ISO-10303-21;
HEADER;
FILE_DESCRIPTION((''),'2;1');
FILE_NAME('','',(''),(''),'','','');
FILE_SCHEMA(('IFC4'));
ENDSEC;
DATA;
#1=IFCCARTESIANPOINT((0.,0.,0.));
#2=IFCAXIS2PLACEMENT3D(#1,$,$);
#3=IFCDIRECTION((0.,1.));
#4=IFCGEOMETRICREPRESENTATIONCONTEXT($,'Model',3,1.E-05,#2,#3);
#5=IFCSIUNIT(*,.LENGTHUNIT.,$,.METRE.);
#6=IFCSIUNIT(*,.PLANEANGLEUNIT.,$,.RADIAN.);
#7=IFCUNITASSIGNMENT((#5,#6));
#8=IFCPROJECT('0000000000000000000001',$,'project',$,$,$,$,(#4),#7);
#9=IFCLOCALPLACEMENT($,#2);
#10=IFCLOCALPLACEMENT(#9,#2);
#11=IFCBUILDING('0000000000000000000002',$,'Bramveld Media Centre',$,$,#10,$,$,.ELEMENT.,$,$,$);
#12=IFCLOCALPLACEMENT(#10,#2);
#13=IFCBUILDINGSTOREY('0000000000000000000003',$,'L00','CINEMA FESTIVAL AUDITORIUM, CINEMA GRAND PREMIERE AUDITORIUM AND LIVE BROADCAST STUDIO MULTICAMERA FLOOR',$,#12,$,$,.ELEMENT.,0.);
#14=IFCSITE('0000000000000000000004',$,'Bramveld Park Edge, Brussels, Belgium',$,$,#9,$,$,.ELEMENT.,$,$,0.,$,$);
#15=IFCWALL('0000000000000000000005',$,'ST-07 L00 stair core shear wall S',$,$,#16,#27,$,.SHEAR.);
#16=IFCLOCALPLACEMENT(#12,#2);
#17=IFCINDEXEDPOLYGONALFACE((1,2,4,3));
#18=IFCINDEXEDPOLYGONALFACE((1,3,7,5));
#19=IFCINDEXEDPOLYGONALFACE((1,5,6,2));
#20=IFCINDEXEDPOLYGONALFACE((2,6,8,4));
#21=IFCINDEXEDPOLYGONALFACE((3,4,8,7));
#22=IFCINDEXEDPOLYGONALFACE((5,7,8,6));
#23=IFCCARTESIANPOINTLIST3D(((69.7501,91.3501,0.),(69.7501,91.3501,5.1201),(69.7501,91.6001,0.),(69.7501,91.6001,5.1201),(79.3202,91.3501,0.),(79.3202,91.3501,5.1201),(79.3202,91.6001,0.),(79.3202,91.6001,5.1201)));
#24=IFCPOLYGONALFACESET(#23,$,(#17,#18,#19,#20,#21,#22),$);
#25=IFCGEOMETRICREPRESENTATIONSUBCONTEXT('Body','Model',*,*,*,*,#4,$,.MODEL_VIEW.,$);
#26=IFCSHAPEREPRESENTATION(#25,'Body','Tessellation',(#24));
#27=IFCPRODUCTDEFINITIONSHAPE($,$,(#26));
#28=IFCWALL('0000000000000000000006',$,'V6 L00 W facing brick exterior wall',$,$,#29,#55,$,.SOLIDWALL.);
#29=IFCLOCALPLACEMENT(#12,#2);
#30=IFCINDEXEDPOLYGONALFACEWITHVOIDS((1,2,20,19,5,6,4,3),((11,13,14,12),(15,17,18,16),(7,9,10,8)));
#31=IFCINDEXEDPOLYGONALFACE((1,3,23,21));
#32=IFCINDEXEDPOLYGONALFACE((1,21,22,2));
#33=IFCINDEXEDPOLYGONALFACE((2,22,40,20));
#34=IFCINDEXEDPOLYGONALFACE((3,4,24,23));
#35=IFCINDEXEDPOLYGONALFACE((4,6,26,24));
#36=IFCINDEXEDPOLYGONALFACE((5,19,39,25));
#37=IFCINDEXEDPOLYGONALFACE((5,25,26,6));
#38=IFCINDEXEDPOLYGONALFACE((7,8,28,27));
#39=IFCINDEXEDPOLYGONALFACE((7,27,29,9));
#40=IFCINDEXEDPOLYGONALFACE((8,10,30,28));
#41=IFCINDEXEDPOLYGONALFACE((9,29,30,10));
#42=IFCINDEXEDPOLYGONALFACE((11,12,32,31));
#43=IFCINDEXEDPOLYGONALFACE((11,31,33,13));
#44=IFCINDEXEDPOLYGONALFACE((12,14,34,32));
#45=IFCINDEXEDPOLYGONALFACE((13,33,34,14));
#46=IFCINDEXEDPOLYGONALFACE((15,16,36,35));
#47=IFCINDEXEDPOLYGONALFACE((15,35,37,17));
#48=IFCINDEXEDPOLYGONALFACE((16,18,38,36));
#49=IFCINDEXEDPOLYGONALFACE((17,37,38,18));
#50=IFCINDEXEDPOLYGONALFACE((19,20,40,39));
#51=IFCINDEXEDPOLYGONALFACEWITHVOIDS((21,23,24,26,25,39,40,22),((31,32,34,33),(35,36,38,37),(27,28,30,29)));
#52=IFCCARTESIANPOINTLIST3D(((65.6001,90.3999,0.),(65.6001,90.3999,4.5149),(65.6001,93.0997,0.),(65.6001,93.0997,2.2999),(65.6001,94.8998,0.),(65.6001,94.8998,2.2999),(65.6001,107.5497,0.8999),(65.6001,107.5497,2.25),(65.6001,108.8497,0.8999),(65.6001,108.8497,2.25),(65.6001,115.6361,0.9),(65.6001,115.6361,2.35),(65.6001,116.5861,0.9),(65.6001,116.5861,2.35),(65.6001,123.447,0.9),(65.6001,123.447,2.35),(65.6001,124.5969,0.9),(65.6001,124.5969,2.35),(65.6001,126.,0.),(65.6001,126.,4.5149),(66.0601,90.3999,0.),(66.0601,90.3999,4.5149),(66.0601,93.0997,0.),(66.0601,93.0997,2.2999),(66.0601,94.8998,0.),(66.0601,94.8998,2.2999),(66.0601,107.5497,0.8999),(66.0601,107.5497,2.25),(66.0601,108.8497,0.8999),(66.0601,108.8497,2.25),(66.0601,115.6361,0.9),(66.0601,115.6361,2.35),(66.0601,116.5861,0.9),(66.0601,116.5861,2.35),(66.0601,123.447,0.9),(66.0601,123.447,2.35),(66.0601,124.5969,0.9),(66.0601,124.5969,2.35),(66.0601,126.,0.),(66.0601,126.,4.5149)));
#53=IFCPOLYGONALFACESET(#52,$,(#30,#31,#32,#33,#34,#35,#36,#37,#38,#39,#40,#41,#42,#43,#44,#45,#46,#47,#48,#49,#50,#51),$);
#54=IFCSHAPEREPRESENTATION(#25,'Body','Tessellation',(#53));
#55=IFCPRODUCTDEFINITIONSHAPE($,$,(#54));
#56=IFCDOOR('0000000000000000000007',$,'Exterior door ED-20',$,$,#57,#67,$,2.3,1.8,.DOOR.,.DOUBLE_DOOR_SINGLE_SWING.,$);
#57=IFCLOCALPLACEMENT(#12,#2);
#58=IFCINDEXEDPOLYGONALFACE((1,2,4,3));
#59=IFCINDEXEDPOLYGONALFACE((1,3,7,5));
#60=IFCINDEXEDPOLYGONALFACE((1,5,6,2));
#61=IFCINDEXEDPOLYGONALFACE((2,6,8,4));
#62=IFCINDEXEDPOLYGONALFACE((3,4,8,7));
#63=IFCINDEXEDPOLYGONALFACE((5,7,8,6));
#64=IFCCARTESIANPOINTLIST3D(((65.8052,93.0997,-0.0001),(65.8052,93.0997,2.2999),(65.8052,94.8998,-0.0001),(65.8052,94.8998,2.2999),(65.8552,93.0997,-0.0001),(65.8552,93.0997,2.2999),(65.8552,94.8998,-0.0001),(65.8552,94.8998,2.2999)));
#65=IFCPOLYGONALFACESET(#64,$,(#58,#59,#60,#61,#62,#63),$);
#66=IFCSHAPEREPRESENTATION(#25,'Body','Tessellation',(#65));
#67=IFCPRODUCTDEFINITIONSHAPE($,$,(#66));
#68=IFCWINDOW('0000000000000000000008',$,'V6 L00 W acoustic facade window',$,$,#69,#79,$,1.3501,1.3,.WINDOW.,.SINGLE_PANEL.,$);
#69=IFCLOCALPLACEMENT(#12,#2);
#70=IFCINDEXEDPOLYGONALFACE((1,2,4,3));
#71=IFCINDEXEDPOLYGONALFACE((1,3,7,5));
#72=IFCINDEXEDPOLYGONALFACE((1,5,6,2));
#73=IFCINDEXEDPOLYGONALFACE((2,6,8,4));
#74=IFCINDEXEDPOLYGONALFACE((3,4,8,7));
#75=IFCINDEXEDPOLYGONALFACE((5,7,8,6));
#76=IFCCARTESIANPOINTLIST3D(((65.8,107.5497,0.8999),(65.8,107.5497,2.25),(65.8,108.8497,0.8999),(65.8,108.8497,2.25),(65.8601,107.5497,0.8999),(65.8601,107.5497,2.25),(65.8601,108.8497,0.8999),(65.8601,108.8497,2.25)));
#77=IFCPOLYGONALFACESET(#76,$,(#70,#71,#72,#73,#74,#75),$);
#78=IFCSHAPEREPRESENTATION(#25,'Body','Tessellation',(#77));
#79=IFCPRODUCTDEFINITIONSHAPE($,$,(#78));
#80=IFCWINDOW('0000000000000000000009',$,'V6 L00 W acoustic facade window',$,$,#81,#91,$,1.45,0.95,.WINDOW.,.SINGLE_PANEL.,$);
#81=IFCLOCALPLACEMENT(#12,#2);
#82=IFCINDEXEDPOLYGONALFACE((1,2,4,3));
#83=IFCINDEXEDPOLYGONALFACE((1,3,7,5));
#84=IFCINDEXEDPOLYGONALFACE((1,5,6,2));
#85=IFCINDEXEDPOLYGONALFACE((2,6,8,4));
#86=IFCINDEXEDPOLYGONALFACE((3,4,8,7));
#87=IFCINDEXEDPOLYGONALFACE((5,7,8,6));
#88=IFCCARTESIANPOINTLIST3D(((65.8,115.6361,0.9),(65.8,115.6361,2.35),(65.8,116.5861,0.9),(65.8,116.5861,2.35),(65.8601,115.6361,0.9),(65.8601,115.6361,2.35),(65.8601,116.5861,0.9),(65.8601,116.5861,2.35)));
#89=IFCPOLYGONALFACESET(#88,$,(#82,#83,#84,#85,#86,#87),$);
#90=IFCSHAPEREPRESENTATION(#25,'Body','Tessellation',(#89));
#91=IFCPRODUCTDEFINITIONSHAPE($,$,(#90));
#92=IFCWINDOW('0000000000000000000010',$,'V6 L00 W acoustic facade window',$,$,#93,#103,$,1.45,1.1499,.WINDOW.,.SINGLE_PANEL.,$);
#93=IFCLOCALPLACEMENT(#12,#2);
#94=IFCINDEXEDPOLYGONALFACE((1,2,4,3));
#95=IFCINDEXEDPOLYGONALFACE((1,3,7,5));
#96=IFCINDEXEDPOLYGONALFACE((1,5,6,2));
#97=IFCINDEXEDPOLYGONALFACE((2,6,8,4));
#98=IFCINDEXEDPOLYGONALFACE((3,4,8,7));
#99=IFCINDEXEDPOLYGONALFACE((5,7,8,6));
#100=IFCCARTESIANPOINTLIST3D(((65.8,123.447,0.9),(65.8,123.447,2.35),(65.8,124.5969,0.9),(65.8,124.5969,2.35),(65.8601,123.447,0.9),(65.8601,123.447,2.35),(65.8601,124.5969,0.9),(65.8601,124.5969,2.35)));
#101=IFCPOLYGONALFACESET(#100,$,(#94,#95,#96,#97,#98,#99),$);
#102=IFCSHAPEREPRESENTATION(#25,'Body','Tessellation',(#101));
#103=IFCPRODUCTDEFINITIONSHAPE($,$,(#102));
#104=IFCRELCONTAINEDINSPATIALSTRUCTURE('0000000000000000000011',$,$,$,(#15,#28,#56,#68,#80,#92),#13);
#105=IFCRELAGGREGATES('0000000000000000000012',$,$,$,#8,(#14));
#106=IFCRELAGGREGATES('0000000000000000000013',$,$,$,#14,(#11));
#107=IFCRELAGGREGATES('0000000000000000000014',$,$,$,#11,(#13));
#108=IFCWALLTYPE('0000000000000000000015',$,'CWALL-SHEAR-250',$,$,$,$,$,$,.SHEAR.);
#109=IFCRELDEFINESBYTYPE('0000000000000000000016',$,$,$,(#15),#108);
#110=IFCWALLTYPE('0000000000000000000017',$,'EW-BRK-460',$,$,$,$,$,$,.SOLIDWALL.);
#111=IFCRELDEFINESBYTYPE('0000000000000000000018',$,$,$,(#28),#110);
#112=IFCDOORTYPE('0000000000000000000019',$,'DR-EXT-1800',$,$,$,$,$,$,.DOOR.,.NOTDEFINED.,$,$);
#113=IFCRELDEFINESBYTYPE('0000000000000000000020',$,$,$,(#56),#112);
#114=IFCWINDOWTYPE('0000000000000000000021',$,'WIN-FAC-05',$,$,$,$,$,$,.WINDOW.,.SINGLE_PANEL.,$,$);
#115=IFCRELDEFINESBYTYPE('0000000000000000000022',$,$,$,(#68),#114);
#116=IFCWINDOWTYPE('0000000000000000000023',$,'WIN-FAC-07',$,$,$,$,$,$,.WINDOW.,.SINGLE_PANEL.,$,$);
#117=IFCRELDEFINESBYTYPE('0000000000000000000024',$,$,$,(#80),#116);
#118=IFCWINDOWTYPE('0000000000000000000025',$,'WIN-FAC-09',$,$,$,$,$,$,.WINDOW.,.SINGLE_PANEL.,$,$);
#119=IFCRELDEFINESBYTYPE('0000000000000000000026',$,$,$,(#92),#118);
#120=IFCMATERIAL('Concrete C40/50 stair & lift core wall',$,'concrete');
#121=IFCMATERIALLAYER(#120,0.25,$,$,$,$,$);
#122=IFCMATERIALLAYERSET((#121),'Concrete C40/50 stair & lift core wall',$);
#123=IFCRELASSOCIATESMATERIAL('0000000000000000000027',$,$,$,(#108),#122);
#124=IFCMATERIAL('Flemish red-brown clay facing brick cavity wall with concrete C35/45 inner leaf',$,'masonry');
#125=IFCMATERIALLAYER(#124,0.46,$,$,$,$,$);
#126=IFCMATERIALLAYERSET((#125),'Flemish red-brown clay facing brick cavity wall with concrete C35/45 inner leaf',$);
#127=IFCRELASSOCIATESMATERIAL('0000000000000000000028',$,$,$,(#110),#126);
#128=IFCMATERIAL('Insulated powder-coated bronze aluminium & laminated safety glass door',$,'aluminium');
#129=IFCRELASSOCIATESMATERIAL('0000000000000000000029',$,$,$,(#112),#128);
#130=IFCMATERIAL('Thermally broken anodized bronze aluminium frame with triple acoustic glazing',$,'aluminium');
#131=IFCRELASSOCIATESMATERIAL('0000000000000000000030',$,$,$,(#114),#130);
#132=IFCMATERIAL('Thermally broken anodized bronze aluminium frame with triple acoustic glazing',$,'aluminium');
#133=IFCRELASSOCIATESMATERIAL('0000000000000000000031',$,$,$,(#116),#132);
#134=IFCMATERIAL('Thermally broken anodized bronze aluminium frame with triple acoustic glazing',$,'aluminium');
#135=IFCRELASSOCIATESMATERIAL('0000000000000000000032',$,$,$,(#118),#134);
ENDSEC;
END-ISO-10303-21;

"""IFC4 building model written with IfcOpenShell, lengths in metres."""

from ifc_helpers import new_model, si_unit, direction, frame, frame_2d, origin, place, context, subcontext, project, spatial, rectangle, extrude, material, layer, layer_set, type_object, element, fill, save


model = new_model("IFC4")

# Units and contexts
model_context = context("Model", 3, precision=1e-05, world=origin(), true_north=direction((0.0, 1.0)))
body_context = subcontext(model_context, "Body", "Model", "MODEL_VIEW")
ifc_project = project(units=[si_unit("LENGTHUNIT", "METRE"), si_unit("PLANEANGLEUNIT", "RADIAN")], contexts=[model_context])

# Site, building, storey
site_placement = place(None, origin())
site = spatial("IfcSite", under=ifc_project, at=site_placement, Name="Bramveld Park Edge, Brussels, Belgium", CompositionType="ELEMENT", RefElevation=0.0)
building_placement = place(site_placement, origin())
building = spatial("IfcBuilding", under=site, at=building_placement, Name="Bramveld Media Centre", CompositionType="ELEMENT")
storey_placement = place(building_placement, origin())
storey = spatial("IfcBuildingStorey", under=building, at=storey_placement, Name="L00", Description="CINEMA FESTIVAL AUDITORIUM, CINEMA GRAND PREMIERE AUDITORIUM AND LIVE BROADCAST STUDIO MULTICAMERA FLOOR", CompositionType="ELEMENT", Elevation=0.0)

# Wall
ifc_material_1 = material(Name="Concrete C40/50 stair & lift core wall", Category="concrete")
ifc_layer_1 = layer(ifc_material_1, 0.25)
ifc_layer_set_1 = layer_set([ifc_layer_1], Name="Concrete C40/50 stair & lift core wall")
wall_type_1 = type_object("IfcWallType", Name="CWALL-SHEAR-250", PredefinedType="SHEAR", material=ifc_layer_set_1)
wall_1_placement = place(storey_placement, frame((69.75, 91.4751, 0.0), z_axis=(0.0, 0.0, 1.0), x_axis=(1.0, 0.0, 0.0)))
element("IfcWall", 1, at=wall_1_placement, inside=storey, type_object=wall_type_1, Name="ST-07 L00 stair core shear wall S", PredefinedType="SHEAR", context=body_context, shape_type="SweptSolid", body=[
    extrude(rectangle(XDim=9.5701, YDim=0.25, at=frame_2d((4.7852, 0.0))), origin(), (0.0, 0.0, 1.0), 5.1201),
])

# Wall, openings, door, windows
ifc_material_2 = material(Name="Flemish red-brown clay facing brick cavity wall with concrete C35/45 inner leaf", Category="masonry")
ifc_layer_2 = layer(ifc_material_2, 0.46)
ifc_layer_set_2 = layer_set([ifc_layer_2], Name="Flemish red-brown clay facing brick cavity wall with concrete C35/45 inner leaf")
wall_type_2 = type_object("IfcWallType", Name="EW-BRK-460", PredefinedType="SOLIDWALL", material=ifc_layer_set_2)
wall_2_placement = place(storey_placement, frame((65.8301, 90.3999, 0.0), z_axis=(0.0, 0.0, 1.0), x_axis=(0.0, 1.0, 0.0)))
wall_2 = element("IfcWall", 2, at=wall_2_placement, inside=storey, type_object=wall_type_2, Name="V6 L00 W facing brick exterior wall", PredefinedType="SOLIDWALL", context=body_context, shape_type="SweptSolid", body=[
    extrude(rectangle(XDim=35.6001, YDim=0.46, at=frame_2d((17.8, 0.0))), origin(), (0.0, 0.0, 1.0), 4.5149),
])
opening_1_placement = place(wall_2_placement, frame((2.7, 0.0, 0.0)))
opening_1 = element("IfcOpeningElement", 3, at=opening_1_placement, cuts=wall_2, PredefinedType="OPENING", context=body_context, shape_type="SweptSolid", body=[
    extrude(rectangle(XDim=1.8, YDim=2.3, at=frame_2d((0.8999, 1.1499))), frame((0.0, 0.2419, 0.0), z_axis=(0.0, -1.0, 0.0), x_axis=(1.0, 0.0, 0.0)), (0.0, 0.0, 1.0), 0.4839),
])
opening_2_placement = place(wall_2_placement, frame((17.1499, 0.0, 0.8999)))
opening_2 = element("IfcOpeningElement", 4, at=opening_2_placement, cuts=wall_2, PredefinedType="OPENING", context=body_context, shape_type="SweptSolid", body=[
    extrude(rectangle(XDim=1.3, YDim=1.3501, at=frame_2d((0.6499, 0.675))), frame((0.0, 0.2419, 0.0), z_axis=(0.0, -1.0, 0.0), x_axis=(1.0, 0.0, 0.0)), (0.0, 0.0, 1.0), 0.4839),
])
opening_3_placement = place(wall_2_placement, frame((25.2361, 0.0, 0.8999)))
opening_3 = element("IfcOpeningElement", 5, at=opening_3_placement, cuts=wall_2, PredefinedType="OPENING", context=body_context, shape_type="SweptSolid", body=[
    extrude(rectangle(XDim=0.95, YDim=1.45, at=frame_2d((0.4751, 0.7251))), frame((0.0, 0.2419, 0.0), z_axis=(0.0, -1.0, 0.0), x_axis=(1.0, 0.0, 0.0)), (0.0, 0.0, 1.0), 0.4839),
])
opening_4_placement = place(wall_2_placement, frame((33.0471, 0.0, 0.8999)))
opening_4 = element("IfcOpeningElement", 6, at=opening_4_placement, cuts=wall_2, PredefinedType="OPENING", context=body_context, shape_type="SweptSolid", body=[
    extrude(rectangle(XDim=1.1499, YDim=1.45, at=frame_2d((0.575, 0.7251))), frame((0.0, 0.2419, 0.0), z_axis=(0.0, -1.0, 0.0), x_axis=(1.0, 0.0, 0.0)), (0.0, 0.0, 1.0), 0.4839),
])
ifc_material_3 = material(Name="Insulated powder-coated bronze aluminium & laminated safety glass door", Category="aluminium")
door_type_1 = type_object("IfcDoorType", Name="DR-EXT-1800", OperationType="NOTDEFINED", PredefinedType="DOOR", material=ifc_material_3)
door_1_placement = place(opening_1_placement, origin())
door_1 = element("IfcDoor", 7, at=door_1_placement, inside=storey, type_object=door_type_1, Name="Exterior door ED-20", OperationType="DOUBLE_DOOR_SINGLE_SWING", OverallHeight=2.3, OverallWidth=1.8, PredefinedType="DOOR", context=body_context, shape_type="SweptSolid", body=[
    extrude(rectangle(XDim=1.8, YDim=2.3, at=frame_2d((0.8999, 1.1499))), frame((0.0, 0.0249, 0.0), z_axis=(0.0, -1.0, 0.0), x_axis=(1.0, 0.0, 0.0)), (0.0, 0.0, 1.0), 0.05),
])
fill(opening_1, door_1)
ifc_material_4 = material(Name="Thermally broken anodized bronze aluminium frame with triple acoustic glazing", Category="aluminium")
window_type_1 = type_object("IfcWindowType", Name="WIN-FAC-05", PartitioningType="SINGLE_PANEL", PredefinedType="WINDOW", material=ifc_material_4)
window_1_placement = place(opening_2_placement, origin())
window_1 = element("IfcWindow", 8, at=window_1_placement, inside=storey, type_object=window_type_1, Name="V6 L00 W acoustic facade window", OverallHeight=1.3501, OverallWidth=1.3, PartitioningType="SINGLE_PANEL", PredefinedType="WINDOW", context=body_context, shape_type="SweptSolid", body=[
    extrude(rectangle(XDim=1.3, YDim=1.3501, at=frame_2d((0.6499, 0.675))), frame((0.0, 0.03, 0.0), z_axis=(0.0, -1.0, 0.0), x_axis=(1.0, 0.0, 0.0)), (0.0, 0.0, 1.0), 0.0601),
])
fill(opening_2, window_1)
ifc_material_5 = material(Name="Thermally broken anodized bronze aluminium frame with triple acoustic glazing", Category="aluminium")
window_type_2 = type_object("IfcWindowType", Name="WIN-FAC-07", PartitioningType="SINGLE_PANEL", PredefinedType="WINDOW", material=ifc_material_5)
window_2_placement = place(opening_3_placement, origin())
window_2 = element("IfcWindow", 9, at=window_2_placement, inside=storey, type_object=window_type_2, Name="V6 L00 W acoustic facade window", OverallHeight=1.45, OverallWidth=0.95, PartitioningType="SINGLE_PANEL", PredefinedType="WINDOW", context=body_context, shape_type="SweptSolid", body=[
    extrude(rectangle(XDim=0.95, YDim=1.45, at=frame_2d((0.4751, 0.7251))), frame((0.0, 0.03, 0.0), z_axis=(0.0, -1.0, 0.0), x_axis=(1.0, 0.0, 0.0)), (0.0, 0.0, 1.0), 0.0601),
])
fill(opening_3, window_2)
ifc_material_6 = material(Name="Thermally broken anodized bronze aluminium frame with triple acoustic glazing", Category="aluminium")
window_type_3 = type_object("IfcWindowType", Name="WIN-FAC-09", PartitioningType="SINGLE_PANEL", PredefinedType="WINDOW", material=ifc_material_6)
window_3_placement = place(opening_4_placement, origin())
window_3 = element("IfcWindow", 10, at=window_3_placement, inside=storey, type_object=window_type_3, Name="V6 L00 W acoustic facade window", OverallHeight=1.45, OverallWidth=1.1499, PartitioningType="SINGLE_PANEL", PredefinedType="WINDOW", context=body_context, shape_type="SweptSolid", body=[
    extrude(rectangle(XDim=1.1499, YDim=1.45, at=frame_2d((0.575, 0.7251))), frame((0.0, 0.03, 0.0), z_axis=(0.0, -1.0, 0.0), x_axis=(1.0, 0.0, 0.0)), (0.0, 0.0, 1.0), 0.0601),
])
fill(opening_4, window_3)

save(model, "model.ifc")
